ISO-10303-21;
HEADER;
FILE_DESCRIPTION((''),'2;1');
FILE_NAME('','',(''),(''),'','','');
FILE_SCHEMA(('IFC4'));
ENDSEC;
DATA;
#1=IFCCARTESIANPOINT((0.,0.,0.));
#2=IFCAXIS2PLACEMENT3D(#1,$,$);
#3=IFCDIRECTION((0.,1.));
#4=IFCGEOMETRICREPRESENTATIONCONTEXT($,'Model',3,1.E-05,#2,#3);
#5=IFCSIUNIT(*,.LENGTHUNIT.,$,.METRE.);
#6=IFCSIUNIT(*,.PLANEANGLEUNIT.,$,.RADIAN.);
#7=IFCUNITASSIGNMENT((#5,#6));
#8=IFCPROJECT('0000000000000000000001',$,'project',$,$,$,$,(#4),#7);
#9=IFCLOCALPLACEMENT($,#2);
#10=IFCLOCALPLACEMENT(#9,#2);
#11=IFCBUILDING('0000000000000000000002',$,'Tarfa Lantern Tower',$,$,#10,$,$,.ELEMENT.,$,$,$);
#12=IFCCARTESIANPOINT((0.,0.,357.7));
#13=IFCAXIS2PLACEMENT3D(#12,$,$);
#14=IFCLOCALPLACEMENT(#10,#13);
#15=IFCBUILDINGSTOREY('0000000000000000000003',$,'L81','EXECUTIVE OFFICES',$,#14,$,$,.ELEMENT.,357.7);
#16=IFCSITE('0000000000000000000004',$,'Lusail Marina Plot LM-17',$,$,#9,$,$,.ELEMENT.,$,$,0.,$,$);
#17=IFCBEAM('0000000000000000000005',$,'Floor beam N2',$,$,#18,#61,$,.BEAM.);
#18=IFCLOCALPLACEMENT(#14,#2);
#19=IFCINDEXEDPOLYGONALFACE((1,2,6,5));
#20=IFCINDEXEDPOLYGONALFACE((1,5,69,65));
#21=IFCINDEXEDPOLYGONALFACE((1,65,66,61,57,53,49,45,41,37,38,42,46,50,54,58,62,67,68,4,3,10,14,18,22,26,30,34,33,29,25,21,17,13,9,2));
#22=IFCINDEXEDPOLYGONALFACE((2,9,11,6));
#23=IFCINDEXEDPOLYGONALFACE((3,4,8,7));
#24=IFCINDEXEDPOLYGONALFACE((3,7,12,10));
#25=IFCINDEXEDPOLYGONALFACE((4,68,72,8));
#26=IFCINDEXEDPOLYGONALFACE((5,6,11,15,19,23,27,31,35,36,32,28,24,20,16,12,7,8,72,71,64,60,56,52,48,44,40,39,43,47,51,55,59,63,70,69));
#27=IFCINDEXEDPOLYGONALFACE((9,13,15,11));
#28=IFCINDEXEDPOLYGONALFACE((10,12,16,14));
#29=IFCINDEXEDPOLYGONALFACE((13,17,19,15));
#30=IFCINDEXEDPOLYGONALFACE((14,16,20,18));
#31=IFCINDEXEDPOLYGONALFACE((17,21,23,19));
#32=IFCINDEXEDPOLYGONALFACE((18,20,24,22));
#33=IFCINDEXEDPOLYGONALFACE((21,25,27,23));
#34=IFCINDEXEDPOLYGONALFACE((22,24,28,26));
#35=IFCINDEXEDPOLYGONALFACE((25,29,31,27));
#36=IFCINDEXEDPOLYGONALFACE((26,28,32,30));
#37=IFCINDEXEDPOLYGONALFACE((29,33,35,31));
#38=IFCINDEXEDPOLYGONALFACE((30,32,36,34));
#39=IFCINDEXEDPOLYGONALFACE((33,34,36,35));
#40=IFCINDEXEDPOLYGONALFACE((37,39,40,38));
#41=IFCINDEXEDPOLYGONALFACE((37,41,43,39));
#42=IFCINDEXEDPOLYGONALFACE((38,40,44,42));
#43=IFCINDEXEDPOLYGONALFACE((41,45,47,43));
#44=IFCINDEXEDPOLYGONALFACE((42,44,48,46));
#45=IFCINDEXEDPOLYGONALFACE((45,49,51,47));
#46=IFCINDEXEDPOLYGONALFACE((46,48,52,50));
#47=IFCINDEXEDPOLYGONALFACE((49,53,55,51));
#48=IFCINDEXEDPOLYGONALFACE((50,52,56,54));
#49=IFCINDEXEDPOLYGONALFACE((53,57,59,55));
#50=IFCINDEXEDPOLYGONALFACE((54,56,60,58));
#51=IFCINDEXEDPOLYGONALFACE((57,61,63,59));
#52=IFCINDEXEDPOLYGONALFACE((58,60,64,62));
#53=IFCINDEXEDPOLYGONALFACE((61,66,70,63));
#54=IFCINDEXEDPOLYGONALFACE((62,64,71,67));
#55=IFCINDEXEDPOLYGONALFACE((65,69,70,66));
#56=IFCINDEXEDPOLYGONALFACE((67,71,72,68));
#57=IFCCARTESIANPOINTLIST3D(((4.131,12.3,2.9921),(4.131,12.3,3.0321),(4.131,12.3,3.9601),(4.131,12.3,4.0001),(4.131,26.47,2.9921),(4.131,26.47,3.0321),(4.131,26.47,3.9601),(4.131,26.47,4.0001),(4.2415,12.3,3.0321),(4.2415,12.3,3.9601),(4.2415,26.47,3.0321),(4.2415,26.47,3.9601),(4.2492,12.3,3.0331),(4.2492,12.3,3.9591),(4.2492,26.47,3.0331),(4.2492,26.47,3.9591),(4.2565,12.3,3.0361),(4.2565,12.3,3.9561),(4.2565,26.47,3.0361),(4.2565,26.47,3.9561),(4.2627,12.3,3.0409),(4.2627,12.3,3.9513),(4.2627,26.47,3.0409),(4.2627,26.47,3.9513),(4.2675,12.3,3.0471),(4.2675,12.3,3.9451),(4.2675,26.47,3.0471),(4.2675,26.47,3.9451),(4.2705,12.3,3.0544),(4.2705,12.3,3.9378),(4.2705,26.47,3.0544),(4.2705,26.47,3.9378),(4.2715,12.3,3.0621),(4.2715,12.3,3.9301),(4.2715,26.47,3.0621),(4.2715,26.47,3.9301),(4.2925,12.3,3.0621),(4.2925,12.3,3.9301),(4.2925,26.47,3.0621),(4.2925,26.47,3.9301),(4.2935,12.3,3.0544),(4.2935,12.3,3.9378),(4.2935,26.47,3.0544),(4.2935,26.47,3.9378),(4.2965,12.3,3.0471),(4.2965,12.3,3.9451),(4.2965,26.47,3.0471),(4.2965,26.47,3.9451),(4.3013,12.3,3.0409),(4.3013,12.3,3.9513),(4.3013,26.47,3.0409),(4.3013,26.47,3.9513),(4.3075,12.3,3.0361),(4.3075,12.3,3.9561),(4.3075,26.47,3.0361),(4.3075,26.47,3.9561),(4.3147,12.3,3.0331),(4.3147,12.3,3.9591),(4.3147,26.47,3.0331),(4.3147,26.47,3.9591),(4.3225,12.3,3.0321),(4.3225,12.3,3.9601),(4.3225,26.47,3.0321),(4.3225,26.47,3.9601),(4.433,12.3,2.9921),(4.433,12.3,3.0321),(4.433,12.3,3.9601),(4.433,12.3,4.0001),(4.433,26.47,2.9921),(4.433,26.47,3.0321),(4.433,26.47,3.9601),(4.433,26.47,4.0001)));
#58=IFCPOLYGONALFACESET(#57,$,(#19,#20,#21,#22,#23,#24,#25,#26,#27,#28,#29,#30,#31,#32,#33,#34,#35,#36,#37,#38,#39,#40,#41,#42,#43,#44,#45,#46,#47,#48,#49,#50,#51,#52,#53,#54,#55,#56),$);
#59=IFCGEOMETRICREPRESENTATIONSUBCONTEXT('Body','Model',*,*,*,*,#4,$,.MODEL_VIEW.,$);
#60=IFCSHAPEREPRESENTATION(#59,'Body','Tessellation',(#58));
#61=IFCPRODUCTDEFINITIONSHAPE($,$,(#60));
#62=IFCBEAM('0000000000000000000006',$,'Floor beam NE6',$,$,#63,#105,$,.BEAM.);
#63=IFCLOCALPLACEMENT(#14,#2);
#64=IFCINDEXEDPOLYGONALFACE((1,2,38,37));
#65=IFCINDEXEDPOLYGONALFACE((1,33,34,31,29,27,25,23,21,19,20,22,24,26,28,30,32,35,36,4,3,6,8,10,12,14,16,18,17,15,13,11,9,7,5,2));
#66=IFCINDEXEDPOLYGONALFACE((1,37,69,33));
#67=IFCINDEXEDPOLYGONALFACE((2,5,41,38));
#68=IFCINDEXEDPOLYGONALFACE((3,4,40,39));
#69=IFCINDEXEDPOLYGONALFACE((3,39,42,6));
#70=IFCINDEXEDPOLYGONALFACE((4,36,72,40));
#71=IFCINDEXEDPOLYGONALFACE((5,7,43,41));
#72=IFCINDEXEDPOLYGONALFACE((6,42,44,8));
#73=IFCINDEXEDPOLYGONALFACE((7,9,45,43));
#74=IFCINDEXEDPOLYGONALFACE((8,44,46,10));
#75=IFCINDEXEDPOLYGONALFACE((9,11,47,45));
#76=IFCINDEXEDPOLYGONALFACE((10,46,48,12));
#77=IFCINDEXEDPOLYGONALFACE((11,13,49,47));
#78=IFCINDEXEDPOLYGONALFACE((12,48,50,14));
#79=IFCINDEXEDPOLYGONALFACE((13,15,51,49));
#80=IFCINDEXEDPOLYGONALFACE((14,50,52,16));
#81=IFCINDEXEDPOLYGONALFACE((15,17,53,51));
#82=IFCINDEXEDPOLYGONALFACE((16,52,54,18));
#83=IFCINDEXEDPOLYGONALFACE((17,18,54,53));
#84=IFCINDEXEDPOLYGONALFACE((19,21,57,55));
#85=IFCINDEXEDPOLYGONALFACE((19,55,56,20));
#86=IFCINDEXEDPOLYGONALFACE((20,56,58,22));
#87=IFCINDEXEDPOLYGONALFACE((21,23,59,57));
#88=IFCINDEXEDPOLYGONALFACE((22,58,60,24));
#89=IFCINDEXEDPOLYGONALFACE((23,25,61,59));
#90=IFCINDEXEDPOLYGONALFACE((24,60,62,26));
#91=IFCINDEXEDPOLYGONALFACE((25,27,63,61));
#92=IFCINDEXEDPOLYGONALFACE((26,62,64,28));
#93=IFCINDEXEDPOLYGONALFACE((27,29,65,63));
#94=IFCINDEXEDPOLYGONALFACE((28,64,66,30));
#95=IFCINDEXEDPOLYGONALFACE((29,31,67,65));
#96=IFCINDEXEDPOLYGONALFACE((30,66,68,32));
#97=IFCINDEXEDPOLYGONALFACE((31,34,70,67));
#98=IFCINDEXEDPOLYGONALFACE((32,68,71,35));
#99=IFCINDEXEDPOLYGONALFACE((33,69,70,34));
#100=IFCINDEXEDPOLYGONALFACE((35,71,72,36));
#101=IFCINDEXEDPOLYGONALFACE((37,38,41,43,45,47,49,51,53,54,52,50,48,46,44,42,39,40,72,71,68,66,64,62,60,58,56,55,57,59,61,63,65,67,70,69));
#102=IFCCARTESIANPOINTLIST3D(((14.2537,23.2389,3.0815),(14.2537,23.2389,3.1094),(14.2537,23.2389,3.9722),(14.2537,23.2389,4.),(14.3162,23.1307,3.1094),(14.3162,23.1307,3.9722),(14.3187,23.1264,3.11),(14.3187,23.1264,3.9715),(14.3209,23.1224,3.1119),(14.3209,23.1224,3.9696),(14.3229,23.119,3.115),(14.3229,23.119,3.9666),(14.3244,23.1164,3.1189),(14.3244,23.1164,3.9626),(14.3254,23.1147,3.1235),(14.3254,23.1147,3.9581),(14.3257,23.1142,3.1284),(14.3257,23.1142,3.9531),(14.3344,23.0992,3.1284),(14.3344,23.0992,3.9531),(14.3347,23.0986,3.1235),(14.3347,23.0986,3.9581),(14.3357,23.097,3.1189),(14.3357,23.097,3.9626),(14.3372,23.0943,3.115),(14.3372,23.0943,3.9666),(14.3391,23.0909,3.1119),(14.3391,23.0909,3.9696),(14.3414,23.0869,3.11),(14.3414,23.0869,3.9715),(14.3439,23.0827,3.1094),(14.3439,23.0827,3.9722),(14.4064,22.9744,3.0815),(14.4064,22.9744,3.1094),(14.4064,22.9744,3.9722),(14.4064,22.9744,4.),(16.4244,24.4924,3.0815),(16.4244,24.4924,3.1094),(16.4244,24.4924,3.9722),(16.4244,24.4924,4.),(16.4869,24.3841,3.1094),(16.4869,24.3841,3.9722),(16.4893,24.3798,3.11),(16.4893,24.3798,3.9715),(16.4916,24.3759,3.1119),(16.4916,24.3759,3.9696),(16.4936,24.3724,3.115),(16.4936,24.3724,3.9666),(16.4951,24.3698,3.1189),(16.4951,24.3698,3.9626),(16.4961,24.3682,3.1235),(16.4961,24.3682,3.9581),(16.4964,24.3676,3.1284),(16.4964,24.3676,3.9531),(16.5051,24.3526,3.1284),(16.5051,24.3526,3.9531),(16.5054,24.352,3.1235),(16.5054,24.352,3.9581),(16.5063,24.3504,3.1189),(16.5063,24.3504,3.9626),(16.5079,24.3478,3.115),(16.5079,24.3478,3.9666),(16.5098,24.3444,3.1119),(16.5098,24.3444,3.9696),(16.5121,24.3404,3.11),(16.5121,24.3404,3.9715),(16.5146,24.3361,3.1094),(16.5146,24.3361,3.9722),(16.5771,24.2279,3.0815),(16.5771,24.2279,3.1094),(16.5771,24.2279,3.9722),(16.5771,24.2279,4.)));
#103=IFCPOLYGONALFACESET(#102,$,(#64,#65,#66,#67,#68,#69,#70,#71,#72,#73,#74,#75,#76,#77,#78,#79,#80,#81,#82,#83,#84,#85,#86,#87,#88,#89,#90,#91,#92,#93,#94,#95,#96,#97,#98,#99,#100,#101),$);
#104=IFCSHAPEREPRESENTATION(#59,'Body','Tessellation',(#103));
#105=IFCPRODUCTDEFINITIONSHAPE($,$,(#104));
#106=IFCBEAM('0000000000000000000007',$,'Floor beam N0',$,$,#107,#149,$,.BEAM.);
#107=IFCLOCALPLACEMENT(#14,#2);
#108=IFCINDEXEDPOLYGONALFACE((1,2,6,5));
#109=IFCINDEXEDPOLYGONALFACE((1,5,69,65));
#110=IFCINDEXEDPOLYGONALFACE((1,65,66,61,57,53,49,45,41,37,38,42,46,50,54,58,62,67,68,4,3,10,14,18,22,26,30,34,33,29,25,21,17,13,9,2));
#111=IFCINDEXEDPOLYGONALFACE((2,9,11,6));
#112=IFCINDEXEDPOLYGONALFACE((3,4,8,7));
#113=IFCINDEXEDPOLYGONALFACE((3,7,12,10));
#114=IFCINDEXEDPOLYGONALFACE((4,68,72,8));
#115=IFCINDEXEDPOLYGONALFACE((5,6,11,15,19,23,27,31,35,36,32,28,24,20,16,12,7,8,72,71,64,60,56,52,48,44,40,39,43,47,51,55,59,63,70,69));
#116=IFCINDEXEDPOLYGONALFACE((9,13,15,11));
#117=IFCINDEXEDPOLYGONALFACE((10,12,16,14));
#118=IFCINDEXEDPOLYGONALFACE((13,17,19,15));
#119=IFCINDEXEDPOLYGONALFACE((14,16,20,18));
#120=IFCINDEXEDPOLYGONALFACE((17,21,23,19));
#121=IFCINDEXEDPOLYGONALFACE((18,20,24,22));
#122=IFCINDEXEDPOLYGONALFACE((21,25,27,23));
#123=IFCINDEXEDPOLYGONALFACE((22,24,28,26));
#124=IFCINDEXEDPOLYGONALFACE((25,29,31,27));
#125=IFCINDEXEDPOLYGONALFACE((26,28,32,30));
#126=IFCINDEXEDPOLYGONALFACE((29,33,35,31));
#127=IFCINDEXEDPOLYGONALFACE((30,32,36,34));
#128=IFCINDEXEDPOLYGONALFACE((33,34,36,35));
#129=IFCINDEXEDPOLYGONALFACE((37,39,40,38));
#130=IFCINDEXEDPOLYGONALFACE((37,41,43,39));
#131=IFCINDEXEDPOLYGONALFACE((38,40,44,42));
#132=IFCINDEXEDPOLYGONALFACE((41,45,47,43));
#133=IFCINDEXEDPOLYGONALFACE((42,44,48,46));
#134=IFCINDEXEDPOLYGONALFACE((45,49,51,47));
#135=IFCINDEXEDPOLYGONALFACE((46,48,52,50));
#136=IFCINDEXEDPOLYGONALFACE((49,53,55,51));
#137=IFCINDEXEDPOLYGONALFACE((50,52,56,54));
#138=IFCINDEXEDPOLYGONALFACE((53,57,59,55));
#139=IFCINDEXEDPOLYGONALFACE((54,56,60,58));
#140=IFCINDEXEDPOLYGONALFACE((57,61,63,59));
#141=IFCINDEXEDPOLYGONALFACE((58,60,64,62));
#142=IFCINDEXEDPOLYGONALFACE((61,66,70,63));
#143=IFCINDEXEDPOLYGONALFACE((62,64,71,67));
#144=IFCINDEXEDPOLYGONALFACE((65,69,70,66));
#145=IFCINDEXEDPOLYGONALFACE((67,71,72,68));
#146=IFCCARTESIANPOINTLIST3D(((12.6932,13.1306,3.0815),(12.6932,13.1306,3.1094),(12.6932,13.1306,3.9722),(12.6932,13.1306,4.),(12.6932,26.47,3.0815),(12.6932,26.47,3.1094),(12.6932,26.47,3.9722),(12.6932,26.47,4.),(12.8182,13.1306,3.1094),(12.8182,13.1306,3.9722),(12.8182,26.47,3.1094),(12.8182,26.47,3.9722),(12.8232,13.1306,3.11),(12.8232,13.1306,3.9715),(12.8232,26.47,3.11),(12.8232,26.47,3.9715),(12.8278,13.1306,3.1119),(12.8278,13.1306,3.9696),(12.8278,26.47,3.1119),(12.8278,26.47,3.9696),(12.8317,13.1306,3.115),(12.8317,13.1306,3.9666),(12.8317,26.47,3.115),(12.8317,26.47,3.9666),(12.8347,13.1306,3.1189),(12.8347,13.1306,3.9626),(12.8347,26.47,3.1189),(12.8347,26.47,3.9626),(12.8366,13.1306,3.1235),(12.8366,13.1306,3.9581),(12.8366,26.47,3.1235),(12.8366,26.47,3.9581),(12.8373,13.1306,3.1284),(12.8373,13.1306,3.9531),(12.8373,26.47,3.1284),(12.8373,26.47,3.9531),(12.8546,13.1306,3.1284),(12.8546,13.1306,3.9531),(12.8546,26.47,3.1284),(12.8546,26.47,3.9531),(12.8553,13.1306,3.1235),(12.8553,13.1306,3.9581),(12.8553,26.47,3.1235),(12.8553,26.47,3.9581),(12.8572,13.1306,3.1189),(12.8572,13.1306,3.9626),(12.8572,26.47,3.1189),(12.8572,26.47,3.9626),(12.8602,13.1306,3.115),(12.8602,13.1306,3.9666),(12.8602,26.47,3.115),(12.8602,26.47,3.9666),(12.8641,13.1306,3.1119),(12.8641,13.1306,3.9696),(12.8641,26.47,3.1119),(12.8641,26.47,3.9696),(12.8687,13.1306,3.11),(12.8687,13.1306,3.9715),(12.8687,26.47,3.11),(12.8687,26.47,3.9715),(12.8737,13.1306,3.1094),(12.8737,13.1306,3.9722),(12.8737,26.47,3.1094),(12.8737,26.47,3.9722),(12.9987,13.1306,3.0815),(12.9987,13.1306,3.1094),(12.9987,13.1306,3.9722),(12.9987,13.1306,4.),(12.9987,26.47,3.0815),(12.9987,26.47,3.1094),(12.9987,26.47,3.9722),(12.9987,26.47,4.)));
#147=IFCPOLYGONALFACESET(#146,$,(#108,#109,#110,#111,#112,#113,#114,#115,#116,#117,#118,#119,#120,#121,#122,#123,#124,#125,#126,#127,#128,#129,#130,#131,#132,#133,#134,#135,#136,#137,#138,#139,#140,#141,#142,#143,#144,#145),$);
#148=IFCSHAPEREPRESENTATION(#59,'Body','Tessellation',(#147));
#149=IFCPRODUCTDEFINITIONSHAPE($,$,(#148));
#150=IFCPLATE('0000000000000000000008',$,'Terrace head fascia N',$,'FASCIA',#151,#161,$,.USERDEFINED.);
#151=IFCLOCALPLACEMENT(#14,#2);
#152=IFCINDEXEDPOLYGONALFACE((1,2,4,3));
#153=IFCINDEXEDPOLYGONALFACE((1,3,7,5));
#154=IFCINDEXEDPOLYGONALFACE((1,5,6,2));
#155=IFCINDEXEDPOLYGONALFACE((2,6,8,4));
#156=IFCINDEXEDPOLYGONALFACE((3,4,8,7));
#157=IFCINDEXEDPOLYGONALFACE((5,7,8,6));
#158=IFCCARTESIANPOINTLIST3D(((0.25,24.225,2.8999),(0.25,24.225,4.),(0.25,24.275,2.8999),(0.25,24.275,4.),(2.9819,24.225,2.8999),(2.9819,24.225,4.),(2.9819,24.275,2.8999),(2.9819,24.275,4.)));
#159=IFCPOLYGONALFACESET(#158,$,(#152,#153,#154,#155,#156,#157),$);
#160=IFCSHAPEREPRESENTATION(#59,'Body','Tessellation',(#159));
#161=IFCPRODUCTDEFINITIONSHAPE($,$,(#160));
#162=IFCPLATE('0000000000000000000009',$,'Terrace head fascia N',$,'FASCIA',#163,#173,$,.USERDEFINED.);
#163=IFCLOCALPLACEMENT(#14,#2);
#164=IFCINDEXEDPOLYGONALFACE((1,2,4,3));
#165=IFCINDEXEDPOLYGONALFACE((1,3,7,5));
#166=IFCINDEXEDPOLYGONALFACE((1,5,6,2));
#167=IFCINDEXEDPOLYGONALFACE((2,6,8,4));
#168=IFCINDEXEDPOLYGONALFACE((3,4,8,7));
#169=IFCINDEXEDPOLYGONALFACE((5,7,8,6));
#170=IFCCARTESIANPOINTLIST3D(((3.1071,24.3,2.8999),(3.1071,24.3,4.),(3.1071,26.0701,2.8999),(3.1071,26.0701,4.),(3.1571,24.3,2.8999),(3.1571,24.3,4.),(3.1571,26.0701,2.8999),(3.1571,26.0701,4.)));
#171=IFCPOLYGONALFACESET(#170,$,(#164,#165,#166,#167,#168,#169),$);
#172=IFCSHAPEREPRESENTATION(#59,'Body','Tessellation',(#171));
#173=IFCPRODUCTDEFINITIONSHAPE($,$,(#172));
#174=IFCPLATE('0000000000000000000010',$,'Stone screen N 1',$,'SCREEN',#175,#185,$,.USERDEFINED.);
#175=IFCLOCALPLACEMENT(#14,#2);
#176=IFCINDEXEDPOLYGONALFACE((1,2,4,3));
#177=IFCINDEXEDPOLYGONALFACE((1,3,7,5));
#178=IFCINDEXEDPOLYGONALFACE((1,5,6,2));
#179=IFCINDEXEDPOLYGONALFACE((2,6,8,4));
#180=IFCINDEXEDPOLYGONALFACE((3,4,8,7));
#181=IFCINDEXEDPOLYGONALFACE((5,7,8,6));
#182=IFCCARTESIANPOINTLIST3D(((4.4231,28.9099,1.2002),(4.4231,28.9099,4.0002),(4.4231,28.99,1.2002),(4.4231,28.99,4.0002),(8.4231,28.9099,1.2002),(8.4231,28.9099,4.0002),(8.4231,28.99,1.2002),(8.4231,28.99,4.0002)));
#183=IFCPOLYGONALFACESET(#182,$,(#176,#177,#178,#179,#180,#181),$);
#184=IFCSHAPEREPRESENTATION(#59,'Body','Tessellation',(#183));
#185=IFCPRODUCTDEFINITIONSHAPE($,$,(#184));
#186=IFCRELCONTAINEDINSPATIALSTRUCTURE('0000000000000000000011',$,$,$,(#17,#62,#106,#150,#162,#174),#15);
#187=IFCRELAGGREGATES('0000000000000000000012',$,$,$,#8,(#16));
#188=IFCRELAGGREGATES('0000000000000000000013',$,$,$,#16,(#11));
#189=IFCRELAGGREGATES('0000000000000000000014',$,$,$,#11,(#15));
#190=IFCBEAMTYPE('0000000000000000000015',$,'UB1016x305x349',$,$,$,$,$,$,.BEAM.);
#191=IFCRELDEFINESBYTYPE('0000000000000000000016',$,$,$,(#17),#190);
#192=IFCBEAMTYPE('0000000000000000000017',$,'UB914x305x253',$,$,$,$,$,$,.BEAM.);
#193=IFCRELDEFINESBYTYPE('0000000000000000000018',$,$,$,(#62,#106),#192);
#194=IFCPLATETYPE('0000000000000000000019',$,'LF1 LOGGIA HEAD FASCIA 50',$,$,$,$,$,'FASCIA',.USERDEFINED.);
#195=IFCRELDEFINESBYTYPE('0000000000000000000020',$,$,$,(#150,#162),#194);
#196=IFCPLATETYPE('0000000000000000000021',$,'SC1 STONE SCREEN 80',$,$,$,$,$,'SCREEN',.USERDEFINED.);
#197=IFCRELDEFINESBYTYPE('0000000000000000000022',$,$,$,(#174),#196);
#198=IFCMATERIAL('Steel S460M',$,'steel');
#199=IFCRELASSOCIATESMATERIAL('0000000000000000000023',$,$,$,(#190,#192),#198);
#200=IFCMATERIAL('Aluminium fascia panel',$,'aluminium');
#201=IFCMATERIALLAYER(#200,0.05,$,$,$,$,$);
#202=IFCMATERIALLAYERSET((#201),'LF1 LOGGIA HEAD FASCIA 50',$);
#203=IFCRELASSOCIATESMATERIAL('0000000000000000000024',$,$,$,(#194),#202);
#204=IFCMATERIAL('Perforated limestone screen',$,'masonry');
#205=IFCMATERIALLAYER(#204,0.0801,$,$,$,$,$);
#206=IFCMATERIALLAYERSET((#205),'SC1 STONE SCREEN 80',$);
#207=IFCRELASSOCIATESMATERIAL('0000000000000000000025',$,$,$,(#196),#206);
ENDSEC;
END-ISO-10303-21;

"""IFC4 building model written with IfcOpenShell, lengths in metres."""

from ifc_helpers import new_model, si_unit, direction, frame, origin, origin_2d, place, context, subcontext, project, spatial, rectangle, i_section, extrude, material, layer, layer_set, material_profile, profile_set, type_object, element, save


model = new_model("IFC4")

# Units and contexts
model_context = context("Model", 3, precision=1e-05, world=origin(), true_north=direction((0.0, 1.0)))
body_context = subcontext(model_context, "Body", "Model", "MODEL_VIEW")
ifc_project = project(units=[si_unit("LENGTHUNIT", "METRE"), si_unit("PLANEANGLEUNIT", "RADIAN")], contexts=[model_context])

# Site, building, storey
site_placement = place(None, origin())
site = spatial("IfcSite", under=ifc_project, at=site_placement, Name="Lusail Marina Plot LM-17", CompositionType="ELEMENT", RefElevation=0.0)
building_placement = place(site_placement, origin())
building = spatial("IfcBuilding", under=site, at=building_placement, Name="Tarfa Lantern Tower", CompositionType="ELEMENT")
storey_placement = place(building_placement, frame((0.0, 0.0, 357.7)))
storey = spatial("IfcBuildingStorey", under=building, at=storey_placement, Name="L81", Description="EXECUTIVE OFFICES", CompositionType="ELEMENT", Elevation=357.7)

# Beams
ifc_material_1 = material(Name="Steel S460M", Category="steel")
ifc_material_profile_1 = material_profile(ifc_material_1, i_section(OverallWidth=0.302, OverallDepth=1.0081, WebThickness=0.021, FlangeThickness=0.04, FilletRadius=0.03, at=origin_2d()), Name="UB1016x305x349")
ifc_profile_set_1 = profile_set([ifc_material_profile_1], Name="Steel S460M")
beam_type_1 = type_object("IfcBeamType", Name="UB1016x305x349", PredefinedType="BEAM", material=ifc_profile_set_1)
for number, where, z_axis, x_axis, name in (
    (1, (4.282, 26.47, 3.4961), (0.0, -1.0, 0.0), (1.0, 0.0, 0.0), "Floor beam N2"),
):
    element("IfcBeam", number, at=place(storey_placement, frame(where, z_axis=z_axis, x_axis=x_axis)), inside=storey, type_object=beam_type_1, Name=name, PredefinedType="BEAM", context=body_context, shape_type="SweptSolid", body=[
        extrude(i_section(OverallWidth=0.302, OverallDepth=1.0081, WebThickness=0.021, FlangeThickness=0.04, FilletRadius=0.03, at=origin_2d()), origin(), (0.0, 0.0, 1.0), 14.1699),
    ])
ifc_material_profile_2 = material_profile(ifc_material_1, i_section(OverallWidth=0.3054, OverallDepth=0.9185, WebThickness=0.0173, FlangeThickness=0.0278, FilletRadius=0.019, at=origin_2d()), Name="UB914x305x253")
ifc_profile_set_2 = profile_set([ifc_material_profile_2], Name="Steel S460M")
beam_type_2 = type_object("IfcBeamType", Name="UB914x305x253", PredefinedType="BEAM", material=ifc_profile_set_2)
beam_1_placement = place(storey_placement, frame((16.5007, 24.3601, 3.5408), z_axis=(-0.865993, -0.500057, 0.0), x_axis=(0.500057, -0.865993, 0.0)))
element("IfcBeam", 2, at=beam_1_placement, inside=storey, type_object=beam_type_2, Name="Floor beam NE6", PredefinedType="BEAM", context=body_context, shape_type="SweptSolid", body=[
    extrude(i_section(OverallWidth=0.3054, OverallDepth=0.9185, WebThickness=0.0173, FlangeThickness=0.0278, FilletRadius=0.019, at=origin_2d()), origin(), (0.0, 0.0, 1.0), 2.5066),
])
beam_2_placement = place(storey_placement, frame((12.8459, 26.47, 3.5408), z_axis=(0.0, -1.0, 0.0), x_axis=(1.0, 0.0, 0.0)))
element("IfcBeam", 3, at=beam_2_placement, inside=storey, type_object=beam_type_2, Name="Floor beam N0", PredefinedType="BEAM", context=body_context, shape_type="SweptSolid", body=[
    extrude(i_section(OverallWidth=0.3054, OverallDepth=0.9185, WebThickness=0.0173, FlangeThickness=0.0278, FilletRadius=0.019, at=origin_2d()), origin(), (0.0, 0.0, 1.0), 13.3394),
])

# Plates
ifc_material_2 = material(Name="Aluminium fascia panel", Category="aluminium")
ifc_layer_1 = layer(ifc_material_2, 0.05)
ifc_layer_set_1 = layer_set([ifc_layer_1], Name="LF1 LOGGIA HEAD FASCIA 50")
plate_type_1 = type_object("IfcPlateType", Name="LF1 LOGGIA HEAD FASCIA 50", ElementType="FASCIA", PredefinedType="USERDEFINED", material=ifc_layer_set_1)
plate_1_placement = place(storey_placement, frame((1.616, 24.25, 2.8999), z_axis=(0.0, 0.0, 1.0), x_axis=(-1.0, 0.0, 0.0)))
element("IfcPlate", 4, at=plate_1_placement, inside=storey, type_object=plate_type_1, Name="Terrace head fascia N", ObjectType="FASCIA", PredefinedType="USERDEFINED", context=body_context, shape_type="SweptSolid", body=[
    extrude(rectangle(XDim=2.7319, YDim=0.05, at=origin_2d()), origin(), (0.0, 0.0, 1.0), 1.1001),
])
plate_2_placement = place(storey_placement, frame((3.1321, 25.1851, 2.8999), z_axis=(0.0, 0.0, 1.0), x_axis=(0.0, -1.0, 0.0)))
element("IfcPlate", 5, at=plate_2_placement, inside=storey, type_object=plate_type_1, Name="Terrace head fascia N", ObjectType="FASCIA", PredefinedType="USERDEFINED", context=body_context, shape_type="SweptSolid", body=[
    extrude(rectangle(XDim=1.77, YDim=0.05, at=origin_2d()), origin(), (0.0, 0.0, 1.0), 1.1001),
])
ifc_material_3 = material(Name="Perforated limestone screen", Category="masonry")
ifc_layer_2 = layer(ifc_material_3, 0.0801)
ifc_layer_set_2 = layer_set([ifc_layer_2], Name="SC1 STONE SCREEN 80")
plate_type_2 = type_object("IfcPlateType", Name="SC1 STONE SCREEN 80", ElementType="SCREEN", PredefinedType="USERDEFINED", material=ifc_layer_set_2)
plate_3_placement = place(storey_placement, frame((6.4231, 28.95, 1.2002), z_axis=(0.0, 0.0, 1.0), x_axis=(-1.0, 0.0, 0.0)))
element("IfcPlate", 6, at=plate_3_placement, inside=storey, type_object=plate_type_2, Name="Stone screen N 1", ObjectType="SCREEN", PredefinedType="USERDEFINED", context=body_context, shape_type="SweptSolid", body=[
    extrude(rectangle(XDim=4.0, YDim=0.0801, at=origin_2d()), origin(), (0.0, 0.0, 1.0), 2.8),
])

save(model, "model.ifc")
